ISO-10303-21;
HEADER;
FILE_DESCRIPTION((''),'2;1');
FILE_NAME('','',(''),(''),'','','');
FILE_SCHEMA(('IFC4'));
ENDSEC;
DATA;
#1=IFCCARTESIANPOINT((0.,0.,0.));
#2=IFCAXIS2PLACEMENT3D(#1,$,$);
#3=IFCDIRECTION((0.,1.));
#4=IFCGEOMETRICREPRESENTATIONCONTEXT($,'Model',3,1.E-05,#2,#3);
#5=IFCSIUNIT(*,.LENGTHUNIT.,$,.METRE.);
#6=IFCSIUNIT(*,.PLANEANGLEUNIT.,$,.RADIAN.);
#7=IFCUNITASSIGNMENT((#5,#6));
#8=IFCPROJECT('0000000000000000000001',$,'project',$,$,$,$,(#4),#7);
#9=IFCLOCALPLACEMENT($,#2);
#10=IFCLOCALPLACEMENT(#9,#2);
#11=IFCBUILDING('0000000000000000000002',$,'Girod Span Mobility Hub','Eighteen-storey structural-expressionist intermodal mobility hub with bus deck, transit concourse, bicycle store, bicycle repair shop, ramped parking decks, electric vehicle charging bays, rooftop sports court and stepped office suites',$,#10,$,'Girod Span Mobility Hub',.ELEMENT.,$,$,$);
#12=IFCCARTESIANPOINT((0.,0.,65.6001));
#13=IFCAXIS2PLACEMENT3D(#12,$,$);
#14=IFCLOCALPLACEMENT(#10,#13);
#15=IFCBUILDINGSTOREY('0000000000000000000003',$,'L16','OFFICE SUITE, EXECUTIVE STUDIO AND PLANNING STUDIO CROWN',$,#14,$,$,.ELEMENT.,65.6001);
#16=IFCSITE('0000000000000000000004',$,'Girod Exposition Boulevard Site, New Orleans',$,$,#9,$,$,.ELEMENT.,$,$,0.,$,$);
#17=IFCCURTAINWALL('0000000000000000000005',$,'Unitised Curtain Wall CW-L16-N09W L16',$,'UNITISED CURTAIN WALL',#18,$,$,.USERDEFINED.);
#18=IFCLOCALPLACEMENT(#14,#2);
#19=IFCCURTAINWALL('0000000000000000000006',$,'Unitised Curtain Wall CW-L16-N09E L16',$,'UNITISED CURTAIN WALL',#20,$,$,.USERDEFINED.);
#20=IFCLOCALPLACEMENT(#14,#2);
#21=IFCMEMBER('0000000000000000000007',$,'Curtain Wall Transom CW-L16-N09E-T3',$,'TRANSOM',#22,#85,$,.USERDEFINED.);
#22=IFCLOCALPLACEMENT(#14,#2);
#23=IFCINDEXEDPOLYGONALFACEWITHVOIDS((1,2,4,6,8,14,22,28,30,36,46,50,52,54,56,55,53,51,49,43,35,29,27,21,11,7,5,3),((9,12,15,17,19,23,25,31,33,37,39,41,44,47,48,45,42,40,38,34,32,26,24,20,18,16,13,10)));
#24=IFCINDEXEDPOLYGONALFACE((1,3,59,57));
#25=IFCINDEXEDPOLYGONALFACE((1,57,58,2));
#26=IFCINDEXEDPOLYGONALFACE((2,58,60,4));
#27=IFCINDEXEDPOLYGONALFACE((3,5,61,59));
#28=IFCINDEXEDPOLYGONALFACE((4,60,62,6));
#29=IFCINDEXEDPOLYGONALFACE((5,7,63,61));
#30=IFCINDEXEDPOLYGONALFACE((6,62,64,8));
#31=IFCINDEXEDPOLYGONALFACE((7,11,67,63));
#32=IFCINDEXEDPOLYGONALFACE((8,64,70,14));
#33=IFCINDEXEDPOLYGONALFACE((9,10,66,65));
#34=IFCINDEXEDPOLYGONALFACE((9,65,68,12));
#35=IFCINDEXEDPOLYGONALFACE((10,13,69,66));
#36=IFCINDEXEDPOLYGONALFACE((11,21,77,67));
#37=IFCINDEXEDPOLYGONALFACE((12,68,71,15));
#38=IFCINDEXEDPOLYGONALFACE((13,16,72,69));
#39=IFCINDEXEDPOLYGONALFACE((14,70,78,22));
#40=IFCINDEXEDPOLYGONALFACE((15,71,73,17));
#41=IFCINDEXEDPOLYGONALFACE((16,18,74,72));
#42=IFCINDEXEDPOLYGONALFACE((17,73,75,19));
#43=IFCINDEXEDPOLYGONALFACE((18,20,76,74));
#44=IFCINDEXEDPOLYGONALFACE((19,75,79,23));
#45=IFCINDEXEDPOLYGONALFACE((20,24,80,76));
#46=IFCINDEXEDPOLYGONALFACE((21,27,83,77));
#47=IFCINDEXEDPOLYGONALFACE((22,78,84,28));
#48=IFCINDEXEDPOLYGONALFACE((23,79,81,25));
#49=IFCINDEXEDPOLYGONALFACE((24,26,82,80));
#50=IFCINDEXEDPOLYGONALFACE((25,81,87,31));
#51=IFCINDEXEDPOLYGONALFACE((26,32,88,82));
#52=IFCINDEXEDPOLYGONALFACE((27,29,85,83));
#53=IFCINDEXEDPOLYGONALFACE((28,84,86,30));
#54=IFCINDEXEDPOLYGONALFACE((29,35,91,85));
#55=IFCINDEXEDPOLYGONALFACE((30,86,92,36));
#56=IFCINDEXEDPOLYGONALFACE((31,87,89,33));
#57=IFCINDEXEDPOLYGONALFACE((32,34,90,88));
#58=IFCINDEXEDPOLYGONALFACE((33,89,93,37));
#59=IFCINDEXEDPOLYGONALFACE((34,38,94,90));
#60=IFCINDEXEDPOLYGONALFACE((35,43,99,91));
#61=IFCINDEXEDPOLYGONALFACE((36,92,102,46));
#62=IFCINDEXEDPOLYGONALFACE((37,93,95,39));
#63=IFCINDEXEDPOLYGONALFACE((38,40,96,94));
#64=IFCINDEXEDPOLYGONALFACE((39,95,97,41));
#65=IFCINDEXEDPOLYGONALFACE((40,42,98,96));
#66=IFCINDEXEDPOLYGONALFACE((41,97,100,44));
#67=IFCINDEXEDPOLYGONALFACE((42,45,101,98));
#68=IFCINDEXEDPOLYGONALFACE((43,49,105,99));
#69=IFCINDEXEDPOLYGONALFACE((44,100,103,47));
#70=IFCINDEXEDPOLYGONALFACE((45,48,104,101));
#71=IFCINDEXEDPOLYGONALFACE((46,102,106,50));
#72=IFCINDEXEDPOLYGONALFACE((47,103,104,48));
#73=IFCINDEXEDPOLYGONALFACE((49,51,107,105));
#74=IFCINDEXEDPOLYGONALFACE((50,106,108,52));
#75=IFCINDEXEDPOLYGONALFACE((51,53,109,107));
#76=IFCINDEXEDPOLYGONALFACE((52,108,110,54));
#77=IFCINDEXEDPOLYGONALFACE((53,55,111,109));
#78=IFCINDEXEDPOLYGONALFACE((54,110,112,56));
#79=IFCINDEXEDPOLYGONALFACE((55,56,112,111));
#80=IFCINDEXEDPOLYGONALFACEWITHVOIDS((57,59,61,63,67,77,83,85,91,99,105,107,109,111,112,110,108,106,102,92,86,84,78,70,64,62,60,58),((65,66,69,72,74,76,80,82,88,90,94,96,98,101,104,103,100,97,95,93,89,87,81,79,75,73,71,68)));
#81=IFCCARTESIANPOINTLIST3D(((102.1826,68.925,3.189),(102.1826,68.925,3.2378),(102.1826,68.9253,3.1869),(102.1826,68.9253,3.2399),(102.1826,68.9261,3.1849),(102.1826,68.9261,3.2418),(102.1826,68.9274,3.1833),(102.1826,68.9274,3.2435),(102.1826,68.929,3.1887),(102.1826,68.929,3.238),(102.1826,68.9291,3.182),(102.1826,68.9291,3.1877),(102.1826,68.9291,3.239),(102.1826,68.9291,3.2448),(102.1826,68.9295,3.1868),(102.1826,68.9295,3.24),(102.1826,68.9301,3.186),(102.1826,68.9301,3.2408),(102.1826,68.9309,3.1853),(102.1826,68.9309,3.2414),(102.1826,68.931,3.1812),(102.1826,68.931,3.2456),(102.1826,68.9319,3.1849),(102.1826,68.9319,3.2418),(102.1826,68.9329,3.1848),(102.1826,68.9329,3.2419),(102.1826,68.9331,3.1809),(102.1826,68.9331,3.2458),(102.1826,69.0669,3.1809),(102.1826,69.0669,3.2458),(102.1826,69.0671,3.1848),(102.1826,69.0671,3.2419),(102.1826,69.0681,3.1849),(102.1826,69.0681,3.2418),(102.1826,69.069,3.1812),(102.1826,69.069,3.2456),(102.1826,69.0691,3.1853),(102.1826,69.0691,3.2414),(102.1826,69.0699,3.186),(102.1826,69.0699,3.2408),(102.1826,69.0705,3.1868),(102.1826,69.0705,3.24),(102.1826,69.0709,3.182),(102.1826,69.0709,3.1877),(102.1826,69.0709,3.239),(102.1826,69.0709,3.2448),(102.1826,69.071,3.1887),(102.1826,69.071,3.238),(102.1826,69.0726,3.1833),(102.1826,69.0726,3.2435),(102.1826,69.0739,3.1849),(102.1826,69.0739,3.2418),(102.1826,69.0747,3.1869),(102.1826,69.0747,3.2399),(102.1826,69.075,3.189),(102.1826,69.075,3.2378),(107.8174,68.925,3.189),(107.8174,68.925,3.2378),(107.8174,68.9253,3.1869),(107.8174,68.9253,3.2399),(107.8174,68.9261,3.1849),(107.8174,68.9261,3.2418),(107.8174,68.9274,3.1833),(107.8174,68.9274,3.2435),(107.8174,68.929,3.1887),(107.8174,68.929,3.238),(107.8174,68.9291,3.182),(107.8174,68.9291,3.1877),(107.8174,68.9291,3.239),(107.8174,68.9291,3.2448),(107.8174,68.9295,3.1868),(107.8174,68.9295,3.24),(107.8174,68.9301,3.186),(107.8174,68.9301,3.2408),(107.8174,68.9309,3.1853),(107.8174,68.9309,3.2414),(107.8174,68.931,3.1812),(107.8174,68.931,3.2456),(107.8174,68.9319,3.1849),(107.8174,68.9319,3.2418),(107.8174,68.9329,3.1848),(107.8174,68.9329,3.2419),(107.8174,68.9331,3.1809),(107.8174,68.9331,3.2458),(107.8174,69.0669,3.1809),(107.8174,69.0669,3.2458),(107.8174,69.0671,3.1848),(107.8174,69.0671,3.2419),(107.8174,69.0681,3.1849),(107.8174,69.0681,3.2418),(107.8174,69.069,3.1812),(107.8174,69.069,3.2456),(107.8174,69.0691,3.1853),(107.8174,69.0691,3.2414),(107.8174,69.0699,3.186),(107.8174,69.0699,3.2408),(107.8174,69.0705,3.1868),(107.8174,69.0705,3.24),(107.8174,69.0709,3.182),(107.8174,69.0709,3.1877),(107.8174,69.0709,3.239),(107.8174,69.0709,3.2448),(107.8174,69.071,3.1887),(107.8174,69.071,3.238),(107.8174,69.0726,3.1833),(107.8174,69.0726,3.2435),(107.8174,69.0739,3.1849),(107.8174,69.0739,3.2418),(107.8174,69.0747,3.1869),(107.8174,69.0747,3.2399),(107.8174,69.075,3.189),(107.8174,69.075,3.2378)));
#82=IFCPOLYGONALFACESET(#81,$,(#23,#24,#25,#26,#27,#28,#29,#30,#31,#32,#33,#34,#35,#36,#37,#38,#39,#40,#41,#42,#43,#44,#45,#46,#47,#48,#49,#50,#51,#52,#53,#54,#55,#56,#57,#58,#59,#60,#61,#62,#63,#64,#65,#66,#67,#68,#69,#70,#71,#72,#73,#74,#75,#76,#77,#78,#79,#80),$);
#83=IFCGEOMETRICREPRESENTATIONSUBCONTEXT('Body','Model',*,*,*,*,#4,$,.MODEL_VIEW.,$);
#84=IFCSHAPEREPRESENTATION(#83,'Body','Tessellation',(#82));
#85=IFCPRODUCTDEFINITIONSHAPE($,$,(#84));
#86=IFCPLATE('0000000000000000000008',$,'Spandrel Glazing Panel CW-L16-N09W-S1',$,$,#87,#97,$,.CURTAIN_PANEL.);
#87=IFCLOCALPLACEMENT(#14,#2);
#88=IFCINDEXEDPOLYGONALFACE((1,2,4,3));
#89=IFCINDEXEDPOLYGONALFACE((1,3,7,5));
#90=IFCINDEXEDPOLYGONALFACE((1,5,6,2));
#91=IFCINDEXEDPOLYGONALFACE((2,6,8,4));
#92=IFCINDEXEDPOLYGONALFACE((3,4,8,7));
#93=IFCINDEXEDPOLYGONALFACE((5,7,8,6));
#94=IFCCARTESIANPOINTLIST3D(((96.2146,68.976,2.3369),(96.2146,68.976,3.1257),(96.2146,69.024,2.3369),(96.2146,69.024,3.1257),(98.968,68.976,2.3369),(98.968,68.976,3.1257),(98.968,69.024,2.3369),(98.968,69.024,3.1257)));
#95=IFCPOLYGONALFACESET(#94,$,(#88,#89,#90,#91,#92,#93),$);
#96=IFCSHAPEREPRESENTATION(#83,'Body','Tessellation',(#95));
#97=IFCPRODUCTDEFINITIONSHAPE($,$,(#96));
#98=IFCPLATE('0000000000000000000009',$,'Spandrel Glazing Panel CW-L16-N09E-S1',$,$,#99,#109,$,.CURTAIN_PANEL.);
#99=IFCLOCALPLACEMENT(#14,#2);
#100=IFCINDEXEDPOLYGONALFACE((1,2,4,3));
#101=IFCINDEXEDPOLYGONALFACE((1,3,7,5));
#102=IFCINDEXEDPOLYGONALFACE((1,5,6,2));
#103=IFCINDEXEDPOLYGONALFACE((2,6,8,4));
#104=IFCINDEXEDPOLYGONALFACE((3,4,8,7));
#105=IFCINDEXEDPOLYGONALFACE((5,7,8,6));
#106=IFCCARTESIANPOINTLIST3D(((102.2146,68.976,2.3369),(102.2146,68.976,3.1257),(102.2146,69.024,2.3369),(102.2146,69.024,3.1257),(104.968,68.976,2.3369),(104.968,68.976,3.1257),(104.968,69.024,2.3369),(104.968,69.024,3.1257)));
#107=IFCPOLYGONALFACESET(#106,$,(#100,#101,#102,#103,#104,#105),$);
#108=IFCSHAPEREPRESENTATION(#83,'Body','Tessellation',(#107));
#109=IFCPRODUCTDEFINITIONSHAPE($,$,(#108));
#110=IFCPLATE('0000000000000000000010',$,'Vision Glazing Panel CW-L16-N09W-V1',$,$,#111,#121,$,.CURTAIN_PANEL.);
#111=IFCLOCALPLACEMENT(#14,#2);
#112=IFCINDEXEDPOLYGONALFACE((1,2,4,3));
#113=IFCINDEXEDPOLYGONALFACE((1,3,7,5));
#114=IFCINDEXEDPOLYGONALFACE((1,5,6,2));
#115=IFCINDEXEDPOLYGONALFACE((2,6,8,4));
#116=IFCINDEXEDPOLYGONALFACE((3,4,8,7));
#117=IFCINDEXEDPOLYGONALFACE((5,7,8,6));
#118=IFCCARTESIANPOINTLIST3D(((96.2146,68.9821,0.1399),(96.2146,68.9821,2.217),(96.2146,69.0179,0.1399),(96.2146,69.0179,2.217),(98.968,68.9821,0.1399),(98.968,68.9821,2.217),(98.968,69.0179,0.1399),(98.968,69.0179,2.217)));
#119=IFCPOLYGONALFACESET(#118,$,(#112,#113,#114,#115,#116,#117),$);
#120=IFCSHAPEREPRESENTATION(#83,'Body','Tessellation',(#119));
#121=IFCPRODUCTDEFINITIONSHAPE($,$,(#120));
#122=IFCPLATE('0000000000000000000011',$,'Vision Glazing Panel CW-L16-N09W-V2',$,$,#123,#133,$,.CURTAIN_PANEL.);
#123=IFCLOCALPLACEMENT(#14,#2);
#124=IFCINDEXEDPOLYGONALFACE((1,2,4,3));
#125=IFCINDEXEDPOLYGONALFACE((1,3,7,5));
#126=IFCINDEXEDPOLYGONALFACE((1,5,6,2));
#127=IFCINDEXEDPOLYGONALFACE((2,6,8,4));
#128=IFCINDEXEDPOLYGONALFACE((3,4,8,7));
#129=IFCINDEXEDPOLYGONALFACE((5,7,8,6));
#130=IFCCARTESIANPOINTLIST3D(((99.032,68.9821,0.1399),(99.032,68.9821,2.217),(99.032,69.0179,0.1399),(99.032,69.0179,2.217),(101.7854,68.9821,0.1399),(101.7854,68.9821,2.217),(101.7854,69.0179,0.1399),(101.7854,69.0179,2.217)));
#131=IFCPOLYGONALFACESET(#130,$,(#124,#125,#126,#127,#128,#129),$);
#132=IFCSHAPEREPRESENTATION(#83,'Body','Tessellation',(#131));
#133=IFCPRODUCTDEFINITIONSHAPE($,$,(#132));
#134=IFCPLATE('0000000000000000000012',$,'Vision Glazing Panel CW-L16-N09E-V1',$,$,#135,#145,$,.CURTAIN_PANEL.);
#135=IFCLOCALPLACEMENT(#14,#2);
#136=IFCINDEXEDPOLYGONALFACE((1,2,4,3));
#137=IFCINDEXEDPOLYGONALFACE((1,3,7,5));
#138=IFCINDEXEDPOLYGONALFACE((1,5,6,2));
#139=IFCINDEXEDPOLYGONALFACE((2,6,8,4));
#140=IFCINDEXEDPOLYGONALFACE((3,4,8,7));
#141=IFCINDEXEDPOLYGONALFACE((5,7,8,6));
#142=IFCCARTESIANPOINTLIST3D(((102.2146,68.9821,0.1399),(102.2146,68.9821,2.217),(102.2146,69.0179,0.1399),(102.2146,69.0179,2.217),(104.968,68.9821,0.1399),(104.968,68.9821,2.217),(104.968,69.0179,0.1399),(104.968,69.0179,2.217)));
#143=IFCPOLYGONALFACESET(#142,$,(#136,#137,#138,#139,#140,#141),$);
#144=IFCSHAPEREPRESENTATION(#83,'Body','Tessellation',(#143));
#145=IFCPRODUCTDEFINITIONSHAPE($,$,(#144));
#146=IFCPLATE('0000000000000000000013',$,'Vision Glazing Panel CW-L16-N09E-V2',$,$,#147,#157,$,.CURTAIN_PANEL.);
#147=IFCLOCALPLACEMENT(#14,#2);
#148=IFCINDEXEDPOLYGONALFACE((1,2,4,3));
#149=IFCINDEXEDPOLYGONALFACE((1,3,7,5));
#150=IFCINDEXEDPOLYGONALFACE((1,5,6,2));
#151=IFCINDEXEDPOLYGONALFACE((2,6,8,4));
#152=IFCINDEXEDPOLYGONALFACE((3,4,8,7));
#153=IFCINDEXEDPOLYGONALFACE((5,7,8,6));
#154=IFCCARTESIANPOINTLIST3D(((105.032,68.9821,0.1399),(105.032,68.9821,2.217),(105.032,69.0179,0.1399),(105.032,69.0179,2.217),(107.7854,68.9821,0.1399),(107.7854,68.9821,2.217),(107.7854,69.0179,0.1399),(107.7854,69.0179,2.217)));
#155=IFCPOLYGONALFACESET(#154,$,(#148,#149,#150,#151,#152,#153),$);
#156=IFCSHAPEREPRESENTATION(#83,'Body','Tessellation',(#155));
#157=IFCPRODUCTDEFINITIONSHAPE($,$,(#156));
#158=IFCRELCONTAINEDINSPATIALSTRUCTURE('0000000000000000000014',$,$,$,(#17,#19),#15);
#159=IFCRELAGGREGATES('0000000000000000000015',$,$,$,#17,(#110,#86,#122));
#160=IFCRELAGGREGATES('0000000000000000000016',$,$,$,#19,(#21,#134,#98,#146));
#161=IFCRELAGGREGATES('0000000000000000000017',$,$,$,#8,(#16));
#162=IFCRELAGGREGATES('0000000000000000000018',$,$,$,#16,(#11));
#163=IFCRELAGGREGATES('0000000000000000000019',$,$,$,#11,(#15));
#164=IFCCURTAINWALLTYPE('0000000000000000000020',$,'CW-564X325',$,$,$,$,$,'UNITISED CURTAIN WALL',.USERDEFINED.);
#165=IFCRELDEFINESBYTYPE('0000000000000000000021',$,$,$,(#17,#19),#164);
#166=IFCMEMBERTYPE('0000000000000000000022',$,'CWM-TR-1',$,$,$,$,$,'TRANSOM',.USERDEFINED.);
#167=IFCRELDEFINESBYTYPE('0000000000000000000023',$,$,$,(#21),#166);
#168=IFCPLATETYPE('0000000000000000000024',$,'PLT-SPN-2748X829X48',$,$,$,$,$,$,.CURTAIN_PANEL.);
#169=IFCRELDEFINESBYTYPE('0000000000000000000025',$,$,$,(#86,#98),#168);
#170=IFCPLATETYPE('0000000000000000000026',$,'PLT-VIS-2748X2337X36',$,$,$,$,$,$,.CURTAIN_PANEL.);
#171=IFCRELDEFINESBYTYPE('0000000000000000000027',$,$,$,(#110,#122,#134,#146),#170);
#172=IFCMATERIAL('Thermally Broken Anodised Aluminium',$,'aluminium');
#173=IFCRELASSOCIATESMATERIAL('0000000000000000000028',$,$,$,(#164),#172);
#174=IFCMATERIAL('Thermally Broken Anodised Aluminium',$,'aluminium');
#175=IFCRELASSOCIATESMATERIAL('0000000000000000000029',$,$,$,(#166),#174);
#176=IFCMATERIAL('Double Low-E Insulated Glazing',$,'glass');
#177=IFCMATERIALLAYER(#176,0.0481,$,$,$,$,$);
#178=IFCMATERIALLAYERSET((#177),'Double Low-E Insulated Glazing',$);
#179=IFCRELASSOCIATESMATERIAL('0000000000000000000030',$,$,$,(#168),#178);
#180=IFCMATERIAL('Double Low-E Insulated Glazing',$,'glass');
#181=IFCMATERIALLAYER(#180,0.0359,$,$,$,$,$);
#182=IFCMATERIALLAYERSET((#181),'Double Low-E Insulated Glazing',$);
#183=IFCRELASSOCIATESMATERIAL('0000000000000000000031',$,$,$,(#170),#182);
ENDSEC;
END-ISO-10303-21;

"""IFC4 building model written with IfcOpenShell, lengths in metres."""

from ifc_helpers import new_model, si_unit, direction, frame, origin, origin_2d, place, context, subcontext, project, spatial, rectangle, hollow_rectangle, extrude, material, layer, layer_set, material_profile, profile_set, type_object, element, aggregate, save


model = new_model("IFC4")

# Units and contexts
model_context = context("Model", 3, precision=1e-05, world=origin(), true_north=direction((0.0, 1.0)))
body_context = subcontext(model_context, "Body", "Model", "MODEL_VIEW")
ifc_project = project(units=[si_unit("LENGTHUNIT", "METRE"), si_unit("PLANEANGLEUNIT", "RADIAN")], contexts=[model_context])

# Site, building, storey
site_placement = place(None, origin())
site = spatial("IfcSite", under=ifc_project, at=site_placement, Name="Girod Exposition Boulevard Site, New Orleans", CompositionType="ELEMENT", RefElevation=0.0)
building_placement = place(site_placement, origin())
building = spatial("IfcBuilding", under=site, at=building_placement, Name="Girod Span Mobility Hub", Description="Eighteen-storey structural-expressionist intermodal mobility hub with bus deck, transit concourse, bicycle store, bicycle repair shop, ramped parking decks, electric vehicle charging bays, rooftop sports court and stepped office suites", LongName="Girod Span Mobility Hub", CompositionType="ELEMENT")
storey_placement = place(building_placement, frame((0.0, 0.0, 65.6001)))
storey = spatial("IfcBuildingStorey", under=building, at=storey_placement, Name="L16", Description="OFFICE SUITE, EXECUTIVE STUDIO AND PLANNING STUDIO CROWN", CompositionType="ELEMENT", Elevation=65.6001)

# Curtain walls
ifc_material_1 = material(Name="Thermally Broken Anodised Aluminium", Category="aluminium")
curtain_wall_type = type_object("IfcCurtainWallType", Name="CW-564X325", ElementType="UNITISED CURTAIN WALL", PredefinedType="USERDEFINED", material=ifc_material_1)
curtain_wall_1_placement = place(storey_placement, origin())
curtain_wall_1 = element("IfcCurtainWall", 1, at=curtain_wall_1_placement, inside=storey, type_object=curtain_wall_type, Name="Unitised Curtain Wall CW-L16-N09W L16", ObjectType="UNITISED CURTAIN WALL", PredefinedType="USERDEFINED")
curtain_wall_2_placement = place(storey_placement, origin())
curtain_wall_2 = element("IfcCurtainWall", 2, at=curtain_wall_2_placement, inside=storey, type_object=curtain_wall_type, Name="Unitised Curtain Wall CW-L16-N09E L16", ObjectType="UNITISED CURTAIN WALL", PredefinedType="USERDEFINED")

# Member
ifc_material_2 = material(Name="Thermally Broken Anodised Aluminium", Category="aluminium")
ifc_material_profile_1 = material_profile(ifc_material_2, hollow_rectangle(XDim=0.1499, YDim=0.0649, WallThickness=0.0039, InnerFilletRadius=0.0039, OuterFilletRadius=0.0081, at=origin_2d()), Name="CW-TR-65X150")
ifc_profile_set_1 = profile_set([ifc_material_profile_1], Name="Thermally Broken Anodised Aluminium")
member_type_1 = type_object("IfcMemberType", Name="CWM-TR-1", ElementType="TRANSOM", PredefinedType="USERDEFINED", material=ifc_profile_set_1)
member_1_placement = place(storey_placement, frame((102.1826, 69.0, 3.2134), z_axis=(1.0, 0.0, 0.0), x_axis=(0.0, 1.0, 0.0)))
member_1 = element("IfcMember", 3, at=member_1_placement, type_object=member_type_1, Name="Curtain Wall Transom CW-L16-N09E-T3", ObjectType="TRANSOM", PredefinedType="USERDEFINED", context=body_context, shape_type="SweptSolid", body=[
    extrude(hollow_rectangle(XDim=0.1499, YDim=0.0649, WallThickness=0.0039, InnerFilletRadius=0.0039, OuterFilletRadius=0.0081, at=origin_2d()), origin(), (0.0, 0.0, 1.0), 5.6348),
])

# Plates
ifc_material_3 = material(Name="Double Low-E Insulated Glazing", Category="glass")
ifc_layer_1 = layer(ifc_material_3, 0.0481)
ifc_layer_set_1 = layer_set([ifc_layer_1], Name="Double Low-E Insulated Glazing")
plate_type_1 = type_object("IfcPlateType", Name="PLT-SPN-2748X829X48", PredefinedType="CURTAIN_PANEL", material=ifc_layer_set_1)
plate_1_placement = place(storey_placement, frame((97.5913, 69.0, 2.3369), z_axis=(0.0, 0.0, 1.0), x_axis=(1.0, 0.0, 0.0)))
plate_1 = element("IfcPlate", 4, at=plate_1_placement, type_object=plate_type_1, Name="Spandrel Glazing Panel CW-L16-N09W-S1", PredefinedType="CURTAIN_PANEL", context=body_context, shape_type="SweptSolid", body=[
    extrude(rectangle(XDim=2.7534, YDim=0.0481, at=origin_2d()), origin(), (0.0, 0.0, 1.0), 0.7888),
])
plate_2_placement = place(storey_placement, frame((103.5913, 69.0, 2.3369), z_axis=(0.0, 0.0, 1.0), x_axis=(1.0, 0.0, 0.0)))
plate_2 = element("IfcPlate", 5, at=plate_2_placement, type_object=plate_type_1, Name="Spandrel Glazing Panel CW-L16-N09E-S1", PredefinedType="CURTAIN_PANEL", context=body_context, shape_type="SweptSolid", body=[
    extrude(rectangle(XDim=2.7534, YDim=0.0481, at=origin_2d()), origin(), (0.0, 0.0, 1.0), 0.7888),
])
ifc_material_4 = material(Name="Double Low-E Insulated Glazing", Category="glass")
ifc_layer_2 = layer(ifc_material_4, 0.0359)
ifc_layer_set_2 = layer_set([ifc_layer_2], Name="Double Low-E Insulated Glazing")
plate_type_2 = type_object("IfcPlateType", Name="PLT-VIS-2748X2337X36", PredefinedType="CURTAIN_PANEL", material=ifc_layer_set_2)
plate_3_placement = place(storey_placement, frame((97.5913, 69.0, 0.1399), z_axis=(0.0, 0.0, 1.0), x_axis=(1.0, 0.0, 0.0)))
plate_3 = element("IfcPlate", 6, at=plate_3_placement, type_object=plate_type_2, Name="Vision Glazing Panel CW-L16-N09W-V1", PredefinedType="CURTAIN_PANEL", context=body_context, shape_type="SweptSolid", body=[
    extrude(rectangle(XDim=2.7534, YDim=0.0359, at=origin_2d()), origin(), (0.0, 0.0, 1.0), 2.0771),
])
plate_4_placement = place(storey_placement, frame((100.4087, 69.0, 0.1399), z_axis=(0.0, 0.0, 1.0), x_axis=(1.0, 0.0, 0.0)))
plate_4 = element("IfcPlate", 7, at=plate_4_placement, type_object=plate_type_2, Name="Vision Glazing Panel CW-L16-N09W-V2", PredefinedType="CURTAIN_PANEL", context=body_context, shape_type="SweptSolid", body=[
    extrude(rectangle(XDim=2.7534, YDim=0.0359, at=origin_2d()), origin(), (0.0, 0.0, 1.0), 2.0771),
])
aggregate(curtain_wall_1, [plate_3, plate_1, plate_4])
plate_5_placement = place(storey_placement, frame((103.5913, 69.0, 0.1399), z_axis=(0.0, 0.0, 1.0), x_axis=(1.0, 0.0, 0.0)))
plate_5 = element("IfcPlate", 8, at=plate_5_placement, type_object=plate_type_2, Name="Vision Glazing Panel CW-L16-N09E-V1", PredefinedType="CURTAIN_PANEL", context=body_context, shape_type="SweptSolid", body=[
    extrude(rectangle(XDim=2.7534, YDim=0.0359, at=origin_2d()), origin(), (0.0, 0.0, 1.0), 2.0771),
])
plate_6_placement = place(storey_placement, frame((106.4087, 69.0, 0.1399), z_axis=(0.0, 0.0, 1.0), x_axis=(1.0, 0.0, 0.0)))
plate_6 = element("IfcPlate", 9, at=plate_6_placement, type_object=plate_type_2, Name="Vision Glazing Panel CW-L16-N09E-V2", PredefinedType="CURTAIN_PANEL", context=body_context, shape_type="SweptSolid", body=[
    extrude(rectangle(XDim=2.7534, YDim=0.0359, at=origin_2d()), origin(), (0.0, 0.0, 1.0), 2.0771),
])
aggregate(curtain_wall_2, [member_1, plate_5, plate_2, plate_6])

save(model, "model.ifc")
